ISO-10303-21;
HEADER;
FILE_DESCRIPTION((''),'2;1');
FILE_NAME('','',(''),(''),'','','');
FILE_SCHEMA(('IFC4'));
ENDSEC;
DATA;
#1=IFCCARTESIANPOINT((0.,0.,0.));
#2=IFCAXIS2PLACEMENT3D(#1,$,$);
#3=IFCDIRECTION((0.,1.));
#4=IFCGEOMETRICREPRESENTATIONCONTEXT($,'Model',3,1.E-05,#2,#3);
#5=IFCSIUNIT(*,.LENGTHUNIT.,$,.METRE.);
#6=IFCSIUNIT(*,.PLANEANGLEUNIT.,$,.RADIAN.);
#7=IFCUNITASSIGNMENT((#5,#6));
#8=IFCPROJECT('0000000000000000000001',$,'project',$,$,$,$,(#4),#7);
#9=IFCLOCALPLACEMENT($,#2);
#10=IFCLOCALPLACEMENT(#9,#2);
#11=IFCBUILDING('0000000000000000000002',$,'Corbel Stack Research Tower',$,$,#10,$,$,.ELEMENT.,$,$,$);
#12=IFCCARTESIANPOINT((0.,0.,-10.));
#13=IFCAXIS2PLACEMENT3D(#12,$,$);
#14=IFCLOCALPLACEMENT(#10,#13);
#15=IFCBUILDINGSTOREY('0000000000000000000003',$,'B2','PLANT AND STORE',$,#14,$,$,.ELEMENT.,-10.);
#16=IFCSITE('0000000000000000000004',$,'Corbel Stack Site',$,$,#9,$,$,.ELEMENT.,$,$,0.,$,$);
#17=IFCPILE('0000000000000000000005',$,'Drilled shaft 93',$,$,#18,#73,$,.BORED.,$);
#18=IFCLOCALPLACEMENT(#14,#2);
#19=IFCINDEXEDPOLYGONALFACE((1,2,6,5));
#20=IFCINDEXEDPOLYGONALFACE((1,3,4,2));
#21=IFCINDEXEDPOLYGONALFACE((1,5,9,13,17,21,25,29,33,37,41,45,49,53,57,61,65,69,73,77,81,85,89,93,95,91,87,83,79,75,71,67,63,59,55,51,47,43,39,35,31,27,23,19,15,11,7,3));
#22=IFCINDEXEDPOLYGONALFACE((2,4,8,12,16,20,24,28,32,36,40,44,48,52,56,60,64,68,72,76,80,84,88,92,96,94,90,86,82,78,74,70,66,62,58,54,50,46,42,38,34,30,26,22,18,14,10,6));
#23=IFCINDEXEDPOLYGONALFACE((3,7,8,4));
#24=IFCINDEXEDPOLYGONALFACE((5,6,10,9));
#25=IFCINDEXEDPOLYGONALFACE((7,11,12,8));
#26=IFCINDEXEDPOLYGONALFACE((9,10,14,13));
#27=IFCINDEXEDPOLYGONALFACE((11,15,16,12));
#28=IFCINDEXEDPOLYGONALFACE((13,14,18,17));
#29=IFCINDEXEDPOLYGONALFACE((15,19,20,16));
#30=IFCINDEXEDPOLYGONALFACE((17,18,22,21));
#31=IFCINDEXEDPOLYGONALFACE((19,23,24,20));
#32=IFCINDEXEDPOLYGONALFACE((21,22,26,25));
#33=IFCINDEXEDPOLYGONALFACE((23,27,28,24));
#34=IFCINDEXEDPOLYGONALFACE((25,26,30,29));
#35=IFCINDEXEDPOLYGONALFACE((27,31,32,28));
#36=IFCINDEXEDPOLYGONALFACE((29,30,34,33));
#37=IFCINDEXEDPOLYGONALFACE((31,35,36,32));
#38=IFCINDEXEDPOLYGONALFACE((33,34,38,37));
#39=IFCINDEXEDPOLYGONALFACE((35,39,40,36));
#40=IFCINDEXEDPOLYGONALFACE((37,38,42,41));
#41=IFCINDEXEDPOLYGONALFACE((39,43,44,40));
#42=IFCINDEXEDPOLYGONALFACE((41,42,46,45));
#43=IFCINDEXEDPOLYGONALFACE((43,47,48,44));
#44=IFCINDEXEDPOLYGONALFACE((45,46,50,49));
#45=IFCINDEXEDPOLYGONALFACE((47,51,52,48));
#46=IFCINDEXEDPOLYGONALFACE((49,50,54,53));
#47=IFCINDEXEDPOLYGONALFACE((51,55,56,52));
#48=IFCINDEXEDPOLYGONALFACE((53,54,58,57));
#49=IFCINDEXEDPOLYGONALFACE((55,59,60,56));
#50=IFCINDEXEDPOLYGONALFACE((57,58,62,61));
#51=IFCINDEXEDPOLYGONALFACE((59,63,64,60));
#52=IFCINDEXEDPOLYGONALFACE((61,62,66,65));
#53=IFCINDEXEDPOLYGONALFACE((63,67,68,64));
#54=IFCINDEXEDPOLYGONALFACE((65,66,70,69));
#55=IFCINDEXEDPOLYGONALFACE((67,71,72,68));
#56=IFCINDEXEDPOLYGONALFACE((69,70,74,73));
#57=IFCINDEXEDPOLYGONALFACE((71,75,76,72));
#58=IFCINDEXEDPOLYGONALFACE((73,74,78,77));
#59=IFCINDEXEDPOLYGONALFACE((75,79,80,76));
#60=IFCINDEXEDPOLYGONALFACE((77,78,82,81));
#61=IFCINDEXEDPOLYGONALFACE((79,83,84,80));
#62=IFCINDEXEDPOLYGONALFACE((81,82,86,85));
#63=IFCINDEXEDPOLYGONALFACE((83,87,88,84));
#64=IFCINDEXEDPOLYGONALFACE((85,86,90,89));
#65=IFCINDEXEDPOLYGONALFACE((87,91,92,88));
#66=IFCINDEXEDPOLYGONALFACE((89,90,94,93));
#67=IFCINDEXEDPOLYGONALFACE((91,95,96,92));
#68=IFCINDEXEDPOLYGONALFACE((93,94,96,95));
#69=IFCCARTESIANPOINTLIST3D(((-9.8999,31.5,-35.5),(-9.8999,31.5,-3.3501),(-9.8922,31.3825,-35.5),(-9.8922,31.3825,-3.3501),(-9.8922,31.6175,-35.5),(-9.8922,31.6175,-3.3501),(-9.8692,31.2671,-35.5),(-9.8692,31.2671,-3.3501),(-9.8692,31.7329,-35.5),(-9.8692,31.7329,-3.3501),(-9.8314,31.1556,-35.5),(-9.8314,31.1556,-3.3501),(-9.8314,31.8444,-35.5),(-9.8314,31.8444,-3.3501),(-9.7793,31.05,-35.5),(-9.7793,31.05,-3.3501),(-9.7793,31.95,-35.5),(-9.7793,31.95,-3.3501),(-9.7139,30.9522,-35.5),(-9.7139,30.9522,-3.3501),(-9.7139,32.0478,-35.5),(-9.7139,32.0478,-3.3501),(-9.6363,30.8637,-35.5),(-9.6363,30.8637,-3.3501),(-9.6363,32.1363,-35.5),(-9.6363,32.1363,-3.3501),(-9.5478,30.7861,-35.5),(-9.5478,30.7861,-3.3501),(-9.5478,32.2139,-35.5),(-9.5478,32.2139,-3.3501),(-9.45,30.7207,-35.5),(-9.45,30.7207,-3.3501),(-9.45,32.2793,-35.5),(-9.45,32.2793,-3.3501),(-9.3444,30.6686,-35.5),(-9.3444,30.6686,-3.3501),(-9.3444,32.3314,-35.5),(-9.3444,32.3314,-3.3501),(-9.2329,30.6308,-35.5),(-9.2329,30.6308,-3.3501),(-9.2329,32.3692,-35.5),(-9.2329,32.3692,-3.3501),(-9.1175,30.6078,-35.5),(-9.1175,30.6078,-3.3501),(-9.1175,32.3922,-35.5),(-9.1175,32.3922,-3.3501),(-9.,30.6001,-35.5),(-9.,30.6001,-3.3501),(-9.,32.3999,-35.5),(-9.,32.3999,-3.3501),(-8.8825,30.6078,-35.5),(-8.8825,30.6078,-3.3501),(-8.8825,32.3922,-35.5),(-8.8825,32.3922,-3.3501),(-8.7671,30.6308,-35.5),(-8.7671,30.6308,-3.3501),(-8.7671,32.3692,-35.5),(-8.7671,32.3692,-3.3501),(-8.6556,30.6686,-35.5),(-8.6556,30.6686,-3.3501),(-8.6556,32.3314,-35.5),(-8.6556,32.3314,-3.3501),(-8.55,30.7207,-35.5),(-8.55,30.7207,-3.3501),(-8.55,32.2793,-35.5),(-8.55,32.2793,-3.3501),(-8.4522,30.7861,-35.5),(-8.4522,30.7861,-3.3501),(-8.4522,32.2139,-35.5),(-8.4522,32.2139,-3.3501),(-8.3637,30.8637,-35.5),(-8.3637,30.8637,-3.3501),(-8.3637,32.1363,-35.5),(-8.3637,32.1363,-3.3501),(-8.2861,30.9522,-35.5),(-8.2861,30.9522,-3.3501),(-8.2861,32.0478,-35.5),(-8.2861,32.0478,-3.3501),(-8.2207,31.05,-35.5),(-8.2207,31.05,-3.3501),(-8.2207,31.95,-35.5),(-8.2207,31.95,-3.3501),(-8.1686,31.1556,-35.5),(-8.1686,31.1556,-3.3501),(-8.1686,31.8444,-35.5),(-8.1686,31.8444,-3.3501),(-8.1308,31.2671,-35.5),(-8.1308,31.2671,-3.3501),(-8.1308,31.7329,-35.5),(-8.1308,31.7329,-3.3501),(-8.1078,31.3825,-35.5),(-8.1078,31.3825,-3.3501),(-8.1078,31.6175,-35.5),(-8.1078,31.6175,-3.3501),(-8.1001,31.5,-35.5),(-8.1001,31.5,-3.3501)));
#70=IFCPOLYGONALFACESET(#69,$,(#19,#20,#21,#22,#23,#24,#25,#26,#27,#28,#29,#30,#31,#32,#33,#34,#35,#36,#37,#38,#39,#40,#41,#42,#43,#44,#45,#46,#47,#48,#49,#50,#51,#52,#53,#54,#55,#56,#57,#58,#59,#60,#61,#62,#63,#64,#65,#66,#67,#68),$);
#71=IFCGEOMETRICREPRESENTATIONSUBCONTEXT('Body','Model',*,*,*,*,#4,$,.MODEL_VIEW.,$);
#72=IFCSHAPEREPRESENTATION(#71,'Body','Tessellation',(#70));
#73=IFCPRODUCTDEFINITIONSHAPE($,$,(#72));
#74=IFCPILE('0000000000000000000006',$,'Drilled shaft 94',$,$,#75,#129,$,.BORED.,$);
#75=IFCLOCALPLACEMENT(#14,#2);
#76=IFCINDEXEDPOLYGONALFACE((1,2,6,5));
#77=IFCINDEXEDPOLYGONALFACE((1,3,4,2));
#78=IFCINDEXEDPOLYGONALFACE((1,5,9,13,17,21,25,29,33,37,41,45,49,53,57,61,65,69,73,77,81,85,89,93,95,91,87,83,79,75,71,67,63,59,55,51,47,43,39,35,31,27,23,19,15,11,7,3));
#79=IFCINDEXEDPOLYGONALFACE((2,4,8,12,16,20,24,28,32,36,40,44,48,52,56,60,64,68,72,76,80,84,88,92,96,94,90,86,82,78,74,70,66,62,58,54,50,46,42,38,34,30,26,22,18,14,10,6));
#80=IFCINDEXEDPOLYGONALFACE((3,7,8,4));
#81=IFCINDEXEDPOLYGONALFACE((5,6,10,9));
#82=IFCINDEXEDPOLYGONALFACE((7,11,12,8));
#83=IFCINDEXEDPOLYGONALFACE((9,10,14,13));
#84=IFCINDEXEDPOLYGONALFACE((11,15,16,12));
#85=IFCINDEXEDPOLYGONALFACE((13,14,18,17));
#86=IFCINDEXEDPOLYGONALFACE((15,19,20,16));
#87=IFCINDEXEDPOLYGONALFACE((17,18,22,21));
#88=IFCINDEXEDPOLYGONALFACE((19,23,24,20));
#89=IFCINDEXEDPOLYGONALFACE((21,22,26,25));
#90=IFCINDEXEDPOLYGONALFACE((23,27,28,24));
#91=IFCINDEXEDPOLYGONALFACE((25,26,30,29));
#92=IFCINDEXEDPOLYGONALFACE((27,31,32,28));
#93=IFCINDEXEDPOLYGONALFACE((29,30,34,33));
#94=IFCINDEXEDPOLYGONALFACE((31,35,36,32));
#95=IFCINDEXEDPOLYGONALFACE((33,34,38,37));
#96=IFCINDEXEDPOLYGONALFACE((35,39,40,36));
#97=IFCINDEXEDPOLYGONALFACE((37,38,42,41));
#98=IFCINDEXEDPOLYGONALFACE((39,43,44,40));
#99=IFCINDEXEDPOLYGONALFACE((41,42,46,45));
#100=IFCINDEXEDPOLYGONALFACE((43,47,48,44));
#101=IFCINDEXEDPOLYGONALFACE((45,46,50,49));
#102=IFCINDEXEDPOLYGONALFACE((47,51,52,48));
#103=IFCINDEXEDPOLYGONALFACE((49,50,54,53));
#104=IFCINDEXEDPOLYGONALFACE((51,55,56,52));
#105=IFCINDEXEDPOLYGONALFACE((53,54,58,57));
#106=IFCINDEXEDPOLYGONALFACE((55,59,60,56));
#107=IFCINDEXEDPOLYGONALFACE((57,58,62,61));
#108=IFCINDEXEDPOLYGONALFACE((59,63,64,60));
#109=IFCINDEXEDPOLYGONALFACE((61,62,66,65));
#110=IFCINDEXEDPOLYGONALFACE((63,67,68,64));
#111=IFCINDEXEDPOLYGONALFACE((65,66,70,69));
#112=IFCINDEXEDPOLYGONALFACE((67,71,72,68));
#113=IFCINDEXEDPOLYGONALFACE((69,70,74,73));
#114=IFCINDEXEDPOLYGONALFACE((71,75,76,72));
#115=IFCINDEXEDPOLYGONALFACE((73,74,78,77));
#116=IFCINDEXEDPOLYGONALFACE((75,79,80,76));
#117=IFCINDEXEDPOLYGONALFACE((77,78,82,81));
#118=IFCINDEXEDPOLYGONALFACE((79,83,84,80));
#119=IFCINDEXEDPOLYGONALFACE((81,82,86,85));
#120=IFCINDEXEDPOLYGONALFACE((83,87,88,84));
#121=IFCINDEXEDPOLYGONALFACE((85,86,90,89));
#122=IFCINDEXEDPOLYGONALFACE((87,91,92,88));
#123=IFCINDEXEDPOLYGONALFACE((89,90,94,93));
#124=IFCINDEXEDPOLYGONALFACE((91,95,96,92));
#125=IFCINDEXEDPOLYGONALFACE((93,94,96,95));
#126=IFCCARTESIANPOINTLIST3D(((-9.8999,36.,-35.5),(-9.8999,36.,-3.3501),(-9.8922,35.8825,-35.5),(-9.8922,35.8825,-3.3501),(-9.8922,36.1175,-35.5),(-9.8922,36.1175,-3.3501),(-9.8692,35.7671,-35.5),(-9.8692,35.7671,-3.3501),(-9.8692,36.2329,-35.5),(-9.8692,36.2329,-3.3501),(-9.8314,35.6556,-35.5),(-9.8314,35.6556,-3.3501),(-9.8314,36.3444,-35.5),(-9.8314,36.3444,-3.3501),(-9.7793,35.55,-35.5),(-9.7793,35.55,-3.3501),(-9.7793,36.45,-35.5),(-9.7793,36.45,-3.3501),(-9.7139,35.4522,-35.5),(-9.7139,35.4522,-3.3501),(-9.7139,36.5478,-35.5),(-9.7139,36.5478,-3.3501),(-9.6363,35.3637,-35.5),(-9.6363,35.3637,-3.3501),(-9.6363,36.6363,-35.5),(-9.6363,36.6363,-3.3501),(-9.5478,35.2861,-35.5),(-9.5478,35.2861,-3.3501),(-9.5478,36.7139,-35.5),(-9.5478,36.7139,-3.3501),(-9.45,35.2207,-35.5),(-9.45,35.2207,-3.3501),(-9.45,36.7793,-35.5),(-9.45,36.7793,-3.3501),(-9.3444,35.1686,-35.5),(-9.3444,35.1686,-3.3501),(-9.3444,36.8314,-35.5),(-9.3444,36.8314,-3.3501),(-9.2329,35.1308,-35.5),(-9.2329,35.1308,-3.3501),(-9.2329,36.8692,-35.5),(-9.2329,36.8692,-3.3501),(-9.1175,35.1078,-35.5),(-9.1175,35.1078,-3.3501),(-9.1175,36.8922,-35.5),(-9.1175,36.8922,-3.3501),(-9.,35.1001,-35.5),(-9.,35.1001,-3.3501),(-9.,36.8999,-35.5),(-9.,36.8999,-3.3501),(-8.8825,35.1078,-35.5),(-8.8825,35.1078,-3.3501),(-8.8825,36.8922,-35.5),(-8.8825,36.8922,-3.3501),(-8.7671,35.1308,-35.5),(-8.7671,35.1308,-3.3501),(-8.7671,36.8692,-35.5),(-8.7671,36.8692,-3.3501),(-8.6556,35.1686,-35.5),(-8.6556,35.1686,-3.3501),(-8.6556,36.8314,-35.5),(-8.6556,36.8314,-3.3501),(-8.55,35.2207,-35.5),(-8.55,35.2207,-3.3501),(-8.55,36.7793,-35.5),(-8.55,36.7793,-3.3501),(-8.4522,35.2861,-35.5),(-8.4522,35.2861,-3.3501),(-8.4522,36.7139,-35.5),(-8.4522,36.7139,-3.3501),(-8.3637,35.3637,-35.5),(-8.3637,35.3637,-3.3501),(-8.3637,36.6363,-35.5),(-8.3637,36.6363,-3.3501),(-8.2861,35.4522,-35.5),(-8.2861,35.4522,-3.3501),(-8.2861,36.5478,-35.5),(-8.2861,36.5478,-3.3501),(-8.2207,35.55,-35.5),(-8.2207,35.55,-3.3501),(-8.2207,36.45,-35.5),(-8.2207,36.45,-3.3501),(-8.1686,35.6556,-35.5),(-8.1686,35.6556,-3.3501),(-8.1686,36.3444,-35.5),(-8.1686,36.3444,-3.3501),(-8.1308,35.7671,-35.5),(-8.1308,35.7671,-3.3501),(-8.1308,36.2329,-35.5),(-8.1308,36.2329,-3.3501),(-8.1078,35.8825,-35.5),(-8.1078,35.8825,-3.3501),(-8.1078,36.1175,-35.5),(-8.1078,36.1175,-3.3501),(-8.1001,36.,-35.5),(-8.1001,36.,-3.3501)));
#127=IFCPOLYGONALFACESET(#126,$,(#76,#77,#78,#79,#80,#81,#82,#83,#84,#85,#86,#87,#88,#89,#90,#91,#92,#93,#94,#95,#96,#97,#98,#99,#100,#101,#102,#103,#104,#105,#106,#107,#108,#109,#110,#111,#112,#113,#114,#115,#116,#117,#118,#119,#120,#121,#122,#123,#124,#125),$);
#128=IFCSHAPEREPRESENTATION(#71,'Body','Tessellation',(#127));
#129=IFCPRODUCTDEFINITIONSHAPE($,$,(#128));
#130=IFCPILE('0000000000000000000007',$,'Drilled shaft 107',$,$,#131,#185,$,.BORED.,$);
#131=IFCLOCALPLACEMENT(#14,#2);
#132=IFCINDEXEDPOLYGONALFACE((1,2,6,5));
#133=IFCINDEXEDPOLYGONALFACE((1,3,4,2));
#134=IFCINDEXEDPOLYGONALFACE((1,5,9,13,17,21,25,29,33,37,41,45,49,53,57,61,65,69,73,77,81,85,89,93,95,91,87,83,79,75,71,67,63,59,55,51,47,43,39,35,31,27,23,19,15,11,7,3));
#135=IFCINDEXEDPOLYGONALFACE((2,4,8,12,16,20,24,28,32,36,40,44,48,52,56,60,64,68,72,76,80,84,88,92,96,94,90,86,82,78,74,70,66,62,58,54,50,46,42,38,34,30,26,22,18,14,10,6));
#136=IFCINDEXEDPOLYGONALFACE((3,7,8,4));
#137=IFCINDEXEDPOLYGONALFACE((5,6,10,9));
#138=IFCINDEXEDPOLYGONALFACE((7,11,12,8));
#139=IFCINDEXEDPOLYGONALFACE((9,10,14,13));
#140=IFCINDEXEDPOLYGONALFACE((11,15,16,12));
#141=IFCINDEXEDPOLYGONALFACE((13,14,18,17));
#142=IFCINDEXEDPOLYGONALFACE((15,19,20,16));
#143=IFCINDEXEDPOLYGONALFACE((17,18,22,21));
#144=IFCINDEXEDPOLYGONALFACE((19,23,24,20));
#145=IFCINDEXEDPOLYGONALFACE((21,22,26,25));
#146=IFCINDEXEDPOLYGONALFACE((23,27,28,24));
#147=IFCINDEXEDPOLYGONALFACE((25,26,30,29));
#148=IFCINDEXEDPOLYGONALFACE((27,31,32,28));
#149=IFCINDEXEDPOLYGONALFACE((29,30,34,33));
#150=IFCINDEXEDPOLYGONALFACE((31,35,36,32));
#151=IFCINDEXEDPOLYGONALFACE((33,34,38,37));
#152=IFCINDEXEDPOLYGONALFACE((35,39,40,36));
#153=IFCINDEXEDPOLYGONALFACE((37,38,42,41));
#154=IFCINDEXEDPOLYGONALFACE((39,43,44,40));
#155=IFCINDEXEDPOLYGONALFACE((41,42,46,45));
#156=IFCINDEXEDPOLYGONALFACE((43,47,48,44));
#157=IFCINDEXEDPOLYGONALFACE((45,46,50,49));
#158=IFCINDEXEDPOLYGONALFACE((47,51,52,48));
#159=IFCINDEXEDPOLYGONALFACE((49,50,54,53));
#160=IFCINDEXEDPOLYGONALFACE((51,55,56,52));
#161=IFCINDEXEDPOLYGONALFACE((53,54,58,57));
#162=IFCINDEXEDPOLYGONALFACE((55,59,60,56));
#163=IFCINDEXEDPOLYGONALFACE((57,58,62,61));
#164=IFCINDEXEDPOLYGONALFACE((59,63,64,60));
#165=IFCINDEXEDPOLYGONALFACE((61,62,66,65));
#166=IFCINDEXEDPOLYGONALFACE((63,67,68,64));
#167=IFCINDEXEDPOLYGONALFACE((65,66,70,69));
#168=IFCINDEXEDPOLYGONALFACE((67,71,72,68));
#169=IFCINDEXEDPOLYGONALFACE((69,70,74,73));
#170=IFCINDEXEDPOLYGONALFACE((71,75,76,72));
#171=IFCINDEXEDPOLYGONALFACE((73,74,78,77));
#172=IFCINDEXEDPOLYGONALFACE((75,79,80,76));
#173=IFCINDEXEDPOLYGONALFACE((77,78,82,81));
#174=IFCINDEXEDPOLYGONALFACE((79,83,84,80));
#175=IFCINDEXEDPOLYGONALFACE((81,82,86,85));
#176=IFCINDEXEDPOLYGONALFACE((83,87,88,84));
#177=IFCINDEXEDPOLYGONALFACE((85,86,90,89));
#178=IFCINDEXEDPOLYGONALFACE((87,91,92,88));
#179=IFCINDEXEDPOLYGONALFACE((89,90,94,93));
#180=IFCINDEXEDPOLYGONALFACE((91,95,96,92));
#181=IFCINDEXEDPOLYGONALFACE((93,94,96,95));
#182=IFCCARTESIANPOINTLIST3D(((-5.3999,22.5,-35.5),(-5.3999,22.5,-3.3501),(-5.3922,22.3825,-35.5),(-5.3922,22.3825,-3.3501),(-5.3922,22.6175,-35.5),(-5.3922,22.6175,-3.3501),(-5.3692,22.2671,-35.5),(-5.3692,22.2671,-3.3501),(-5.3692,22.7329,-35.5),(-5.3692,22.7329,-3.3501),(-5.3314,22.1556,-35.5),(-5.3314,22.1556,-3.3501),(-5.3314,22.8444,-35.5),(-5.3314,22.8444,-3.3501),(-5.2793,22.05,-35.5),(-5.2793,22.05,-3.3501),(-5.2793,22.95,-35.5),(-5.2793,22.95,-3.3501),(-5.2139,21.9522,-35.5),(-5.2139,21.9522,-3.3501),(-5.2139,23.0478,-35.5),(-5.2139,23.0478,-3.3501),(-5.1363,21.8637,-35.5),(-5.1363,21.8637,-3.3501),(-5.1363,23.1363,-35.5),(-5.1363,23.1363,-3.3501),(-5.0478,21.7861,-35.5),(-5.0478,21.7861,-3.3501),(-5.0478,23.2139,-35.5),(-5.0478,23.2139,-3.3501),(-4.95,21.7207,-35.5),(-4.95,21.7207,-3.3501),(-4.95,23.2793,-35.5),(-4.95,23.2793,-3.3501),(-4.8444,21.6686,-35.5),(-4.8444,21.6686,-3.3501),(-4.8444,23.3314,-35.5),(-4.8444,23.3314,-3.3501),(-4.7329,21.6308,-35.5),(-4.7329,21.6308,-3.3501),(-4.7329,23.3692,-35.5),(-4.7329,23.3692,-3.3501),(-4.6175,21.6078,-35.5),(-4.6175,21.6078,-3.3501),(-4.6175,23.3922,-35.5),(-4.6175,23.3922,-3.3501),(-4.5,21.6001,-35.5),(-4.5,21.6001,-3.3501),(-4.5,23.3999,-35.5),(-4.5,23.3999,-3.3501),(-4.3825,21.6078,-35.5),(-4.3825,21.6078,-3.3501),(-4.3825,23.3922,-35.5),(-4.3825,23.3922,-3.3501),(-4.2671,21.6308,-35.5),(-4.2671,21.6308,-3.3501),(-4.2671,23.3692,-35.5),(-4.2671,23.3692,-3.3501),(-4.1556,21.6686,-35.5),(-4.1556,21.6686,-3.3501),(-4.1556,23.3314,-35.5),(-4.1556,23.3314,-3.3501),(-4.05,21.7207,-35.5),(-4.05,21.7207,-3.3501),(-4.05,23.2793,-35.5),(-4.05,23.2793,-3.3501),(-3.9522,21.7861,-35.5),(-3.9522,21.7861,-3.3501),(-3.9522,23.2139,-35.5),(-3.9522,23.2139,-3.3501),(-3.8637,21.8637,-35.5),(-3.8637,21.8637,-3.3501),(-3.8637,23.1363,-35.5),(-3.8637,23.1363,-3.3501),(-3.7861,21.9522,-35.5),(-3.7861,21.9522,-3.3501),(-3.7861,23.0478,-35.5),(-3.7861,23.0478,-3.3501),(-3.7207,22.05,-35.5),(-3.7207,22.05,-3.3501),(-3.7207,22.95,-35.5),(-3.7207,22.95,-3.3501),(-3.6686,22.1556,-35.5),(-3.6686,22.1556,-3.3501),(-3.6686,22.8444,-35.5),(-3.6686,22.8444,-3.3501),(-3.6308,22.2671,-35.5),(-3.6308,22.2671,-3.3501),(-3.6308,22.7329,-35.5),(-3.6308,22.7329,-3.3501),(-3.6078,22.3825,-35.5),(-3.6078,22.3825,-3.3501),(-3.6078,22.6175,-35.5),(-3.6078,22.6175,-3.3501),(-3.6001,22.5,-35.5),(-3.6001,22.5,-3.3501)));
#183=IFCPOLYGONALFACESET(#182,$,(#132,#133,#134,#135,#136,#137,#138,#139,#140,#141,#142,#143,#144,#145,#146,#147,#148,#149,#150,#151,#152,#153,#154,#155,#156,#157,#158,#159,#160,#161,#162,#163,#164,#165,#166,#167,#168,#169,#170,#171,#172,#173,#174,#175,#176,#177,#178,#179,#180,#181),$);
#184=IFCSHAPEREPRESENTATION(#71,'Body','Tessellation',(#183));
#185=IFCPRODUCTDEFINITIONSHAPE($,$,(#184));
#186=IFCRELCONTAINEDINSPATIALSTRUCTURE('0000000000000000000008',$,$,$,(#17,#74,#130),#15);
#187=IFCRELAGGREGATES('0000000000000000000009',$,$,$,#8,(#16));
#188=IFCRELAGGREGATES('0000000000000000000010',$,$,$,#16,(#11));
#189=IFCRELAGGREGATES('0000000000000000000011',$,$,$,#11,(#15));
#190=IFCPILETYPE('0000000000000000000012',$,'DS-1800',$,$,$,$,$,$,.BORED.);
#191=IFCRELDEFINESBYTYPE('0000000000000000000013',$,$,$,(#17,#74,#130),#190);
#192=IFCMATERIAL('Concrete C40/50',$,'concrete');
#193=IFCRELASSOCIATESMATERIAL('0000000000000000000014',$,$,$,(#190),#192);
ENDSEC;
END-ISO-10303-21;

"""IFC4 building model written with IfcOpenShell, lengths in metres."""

from ifc_helpers import new_model, si_unit, direction, frame, origin, origin_2d, place, context, subcontext, project, spatial, circle, extrude, material, material_profile, profile_set, type_object, element, save


model = new_model("IFC4")

# Units and contexts
model_context = context("Model", 3, precision=1e-05, world=origin(), true_north=direction((0.0, 1.0)))
body_context = subcontext(model_context, "Body", "Model", "MODEL_VIEW")
ifc_project = project(units=[si_unit("LENGTHUNIT", "METRE"), si_unit("PLANEANGLEUNIT", "RADIAN")], contexts=[model_context])

# Site, building, storey
site_placement = place(None, origin())
site = spatial("IfcSite", under=ifc_project, at=site_placement, Name="Corbel Stack Site", CompositionType="ELEMENT", RefElevation=0.0)
building_placement = place(site_placement, origin())
building = spatial("IfcBuilding", under=site, at=building_placement, Name="Corbel Stack Research Tower", CompositionType="ELEMENT")
storey_placement = place(building_placement, frame((0.0, 0.0, -10.0)))
storey = spatial("IfcBuildingStorey", under=building, at=storey_placement, Name="B2", Description="PLANT AND STORE", CompositionType="ELEMENT", Elevation=-10.0)

# Piles
ifc_material_1 = material(Name="Concrete C40/50", Category="concrete")
ifc_material_profile_1 = material_profile(ifc_material_1, circle(Radius=0.8999, at=origin_2d()), Name="Shaft 1800")
ifc_profile_set_1 = profile_set([ifc_material_profile_1], Name="Concrete C40/50")
pile_type = type_object("IfcPileType", Name="DS-1800", PredefinedType="BORED", material=ifc_profile_set_1)
for number, where, z_axis, x_axis, name in (
    (1, (-9.0, 31.5, -3.3501), (0.0, 0.0, -1.0), (1.0, 0.0, 0.0), "Drilled shaft 93"),
    (2, (-9.0, 36.0, -3.3501), (0.0, 0.0, -1.0), (1.0, 0.0, 0.0), "Drilled shaft 94"),
    (3, (-4.5, 22.5, -3.3501), (0.0, 0.0, -1.0), (1.0, 0.0, 0.0), "Drilled shaft 107"),
):
    element("IfcPile", number, at=place(storey_placement, frame(where, z_axis=z_axis, x_axis=x_axis)), inside=storey, type_object=pile_type, Name=name, PredefinedType="BORED", context=body_context, shape_type="SweptSolid", body=[
        extrude(circle(Radius=0.8999, at=origin_2d()), origin(), (0.0, 0.0, 1.0), 32.1499),
    ])

save(model, "model.ifc")
